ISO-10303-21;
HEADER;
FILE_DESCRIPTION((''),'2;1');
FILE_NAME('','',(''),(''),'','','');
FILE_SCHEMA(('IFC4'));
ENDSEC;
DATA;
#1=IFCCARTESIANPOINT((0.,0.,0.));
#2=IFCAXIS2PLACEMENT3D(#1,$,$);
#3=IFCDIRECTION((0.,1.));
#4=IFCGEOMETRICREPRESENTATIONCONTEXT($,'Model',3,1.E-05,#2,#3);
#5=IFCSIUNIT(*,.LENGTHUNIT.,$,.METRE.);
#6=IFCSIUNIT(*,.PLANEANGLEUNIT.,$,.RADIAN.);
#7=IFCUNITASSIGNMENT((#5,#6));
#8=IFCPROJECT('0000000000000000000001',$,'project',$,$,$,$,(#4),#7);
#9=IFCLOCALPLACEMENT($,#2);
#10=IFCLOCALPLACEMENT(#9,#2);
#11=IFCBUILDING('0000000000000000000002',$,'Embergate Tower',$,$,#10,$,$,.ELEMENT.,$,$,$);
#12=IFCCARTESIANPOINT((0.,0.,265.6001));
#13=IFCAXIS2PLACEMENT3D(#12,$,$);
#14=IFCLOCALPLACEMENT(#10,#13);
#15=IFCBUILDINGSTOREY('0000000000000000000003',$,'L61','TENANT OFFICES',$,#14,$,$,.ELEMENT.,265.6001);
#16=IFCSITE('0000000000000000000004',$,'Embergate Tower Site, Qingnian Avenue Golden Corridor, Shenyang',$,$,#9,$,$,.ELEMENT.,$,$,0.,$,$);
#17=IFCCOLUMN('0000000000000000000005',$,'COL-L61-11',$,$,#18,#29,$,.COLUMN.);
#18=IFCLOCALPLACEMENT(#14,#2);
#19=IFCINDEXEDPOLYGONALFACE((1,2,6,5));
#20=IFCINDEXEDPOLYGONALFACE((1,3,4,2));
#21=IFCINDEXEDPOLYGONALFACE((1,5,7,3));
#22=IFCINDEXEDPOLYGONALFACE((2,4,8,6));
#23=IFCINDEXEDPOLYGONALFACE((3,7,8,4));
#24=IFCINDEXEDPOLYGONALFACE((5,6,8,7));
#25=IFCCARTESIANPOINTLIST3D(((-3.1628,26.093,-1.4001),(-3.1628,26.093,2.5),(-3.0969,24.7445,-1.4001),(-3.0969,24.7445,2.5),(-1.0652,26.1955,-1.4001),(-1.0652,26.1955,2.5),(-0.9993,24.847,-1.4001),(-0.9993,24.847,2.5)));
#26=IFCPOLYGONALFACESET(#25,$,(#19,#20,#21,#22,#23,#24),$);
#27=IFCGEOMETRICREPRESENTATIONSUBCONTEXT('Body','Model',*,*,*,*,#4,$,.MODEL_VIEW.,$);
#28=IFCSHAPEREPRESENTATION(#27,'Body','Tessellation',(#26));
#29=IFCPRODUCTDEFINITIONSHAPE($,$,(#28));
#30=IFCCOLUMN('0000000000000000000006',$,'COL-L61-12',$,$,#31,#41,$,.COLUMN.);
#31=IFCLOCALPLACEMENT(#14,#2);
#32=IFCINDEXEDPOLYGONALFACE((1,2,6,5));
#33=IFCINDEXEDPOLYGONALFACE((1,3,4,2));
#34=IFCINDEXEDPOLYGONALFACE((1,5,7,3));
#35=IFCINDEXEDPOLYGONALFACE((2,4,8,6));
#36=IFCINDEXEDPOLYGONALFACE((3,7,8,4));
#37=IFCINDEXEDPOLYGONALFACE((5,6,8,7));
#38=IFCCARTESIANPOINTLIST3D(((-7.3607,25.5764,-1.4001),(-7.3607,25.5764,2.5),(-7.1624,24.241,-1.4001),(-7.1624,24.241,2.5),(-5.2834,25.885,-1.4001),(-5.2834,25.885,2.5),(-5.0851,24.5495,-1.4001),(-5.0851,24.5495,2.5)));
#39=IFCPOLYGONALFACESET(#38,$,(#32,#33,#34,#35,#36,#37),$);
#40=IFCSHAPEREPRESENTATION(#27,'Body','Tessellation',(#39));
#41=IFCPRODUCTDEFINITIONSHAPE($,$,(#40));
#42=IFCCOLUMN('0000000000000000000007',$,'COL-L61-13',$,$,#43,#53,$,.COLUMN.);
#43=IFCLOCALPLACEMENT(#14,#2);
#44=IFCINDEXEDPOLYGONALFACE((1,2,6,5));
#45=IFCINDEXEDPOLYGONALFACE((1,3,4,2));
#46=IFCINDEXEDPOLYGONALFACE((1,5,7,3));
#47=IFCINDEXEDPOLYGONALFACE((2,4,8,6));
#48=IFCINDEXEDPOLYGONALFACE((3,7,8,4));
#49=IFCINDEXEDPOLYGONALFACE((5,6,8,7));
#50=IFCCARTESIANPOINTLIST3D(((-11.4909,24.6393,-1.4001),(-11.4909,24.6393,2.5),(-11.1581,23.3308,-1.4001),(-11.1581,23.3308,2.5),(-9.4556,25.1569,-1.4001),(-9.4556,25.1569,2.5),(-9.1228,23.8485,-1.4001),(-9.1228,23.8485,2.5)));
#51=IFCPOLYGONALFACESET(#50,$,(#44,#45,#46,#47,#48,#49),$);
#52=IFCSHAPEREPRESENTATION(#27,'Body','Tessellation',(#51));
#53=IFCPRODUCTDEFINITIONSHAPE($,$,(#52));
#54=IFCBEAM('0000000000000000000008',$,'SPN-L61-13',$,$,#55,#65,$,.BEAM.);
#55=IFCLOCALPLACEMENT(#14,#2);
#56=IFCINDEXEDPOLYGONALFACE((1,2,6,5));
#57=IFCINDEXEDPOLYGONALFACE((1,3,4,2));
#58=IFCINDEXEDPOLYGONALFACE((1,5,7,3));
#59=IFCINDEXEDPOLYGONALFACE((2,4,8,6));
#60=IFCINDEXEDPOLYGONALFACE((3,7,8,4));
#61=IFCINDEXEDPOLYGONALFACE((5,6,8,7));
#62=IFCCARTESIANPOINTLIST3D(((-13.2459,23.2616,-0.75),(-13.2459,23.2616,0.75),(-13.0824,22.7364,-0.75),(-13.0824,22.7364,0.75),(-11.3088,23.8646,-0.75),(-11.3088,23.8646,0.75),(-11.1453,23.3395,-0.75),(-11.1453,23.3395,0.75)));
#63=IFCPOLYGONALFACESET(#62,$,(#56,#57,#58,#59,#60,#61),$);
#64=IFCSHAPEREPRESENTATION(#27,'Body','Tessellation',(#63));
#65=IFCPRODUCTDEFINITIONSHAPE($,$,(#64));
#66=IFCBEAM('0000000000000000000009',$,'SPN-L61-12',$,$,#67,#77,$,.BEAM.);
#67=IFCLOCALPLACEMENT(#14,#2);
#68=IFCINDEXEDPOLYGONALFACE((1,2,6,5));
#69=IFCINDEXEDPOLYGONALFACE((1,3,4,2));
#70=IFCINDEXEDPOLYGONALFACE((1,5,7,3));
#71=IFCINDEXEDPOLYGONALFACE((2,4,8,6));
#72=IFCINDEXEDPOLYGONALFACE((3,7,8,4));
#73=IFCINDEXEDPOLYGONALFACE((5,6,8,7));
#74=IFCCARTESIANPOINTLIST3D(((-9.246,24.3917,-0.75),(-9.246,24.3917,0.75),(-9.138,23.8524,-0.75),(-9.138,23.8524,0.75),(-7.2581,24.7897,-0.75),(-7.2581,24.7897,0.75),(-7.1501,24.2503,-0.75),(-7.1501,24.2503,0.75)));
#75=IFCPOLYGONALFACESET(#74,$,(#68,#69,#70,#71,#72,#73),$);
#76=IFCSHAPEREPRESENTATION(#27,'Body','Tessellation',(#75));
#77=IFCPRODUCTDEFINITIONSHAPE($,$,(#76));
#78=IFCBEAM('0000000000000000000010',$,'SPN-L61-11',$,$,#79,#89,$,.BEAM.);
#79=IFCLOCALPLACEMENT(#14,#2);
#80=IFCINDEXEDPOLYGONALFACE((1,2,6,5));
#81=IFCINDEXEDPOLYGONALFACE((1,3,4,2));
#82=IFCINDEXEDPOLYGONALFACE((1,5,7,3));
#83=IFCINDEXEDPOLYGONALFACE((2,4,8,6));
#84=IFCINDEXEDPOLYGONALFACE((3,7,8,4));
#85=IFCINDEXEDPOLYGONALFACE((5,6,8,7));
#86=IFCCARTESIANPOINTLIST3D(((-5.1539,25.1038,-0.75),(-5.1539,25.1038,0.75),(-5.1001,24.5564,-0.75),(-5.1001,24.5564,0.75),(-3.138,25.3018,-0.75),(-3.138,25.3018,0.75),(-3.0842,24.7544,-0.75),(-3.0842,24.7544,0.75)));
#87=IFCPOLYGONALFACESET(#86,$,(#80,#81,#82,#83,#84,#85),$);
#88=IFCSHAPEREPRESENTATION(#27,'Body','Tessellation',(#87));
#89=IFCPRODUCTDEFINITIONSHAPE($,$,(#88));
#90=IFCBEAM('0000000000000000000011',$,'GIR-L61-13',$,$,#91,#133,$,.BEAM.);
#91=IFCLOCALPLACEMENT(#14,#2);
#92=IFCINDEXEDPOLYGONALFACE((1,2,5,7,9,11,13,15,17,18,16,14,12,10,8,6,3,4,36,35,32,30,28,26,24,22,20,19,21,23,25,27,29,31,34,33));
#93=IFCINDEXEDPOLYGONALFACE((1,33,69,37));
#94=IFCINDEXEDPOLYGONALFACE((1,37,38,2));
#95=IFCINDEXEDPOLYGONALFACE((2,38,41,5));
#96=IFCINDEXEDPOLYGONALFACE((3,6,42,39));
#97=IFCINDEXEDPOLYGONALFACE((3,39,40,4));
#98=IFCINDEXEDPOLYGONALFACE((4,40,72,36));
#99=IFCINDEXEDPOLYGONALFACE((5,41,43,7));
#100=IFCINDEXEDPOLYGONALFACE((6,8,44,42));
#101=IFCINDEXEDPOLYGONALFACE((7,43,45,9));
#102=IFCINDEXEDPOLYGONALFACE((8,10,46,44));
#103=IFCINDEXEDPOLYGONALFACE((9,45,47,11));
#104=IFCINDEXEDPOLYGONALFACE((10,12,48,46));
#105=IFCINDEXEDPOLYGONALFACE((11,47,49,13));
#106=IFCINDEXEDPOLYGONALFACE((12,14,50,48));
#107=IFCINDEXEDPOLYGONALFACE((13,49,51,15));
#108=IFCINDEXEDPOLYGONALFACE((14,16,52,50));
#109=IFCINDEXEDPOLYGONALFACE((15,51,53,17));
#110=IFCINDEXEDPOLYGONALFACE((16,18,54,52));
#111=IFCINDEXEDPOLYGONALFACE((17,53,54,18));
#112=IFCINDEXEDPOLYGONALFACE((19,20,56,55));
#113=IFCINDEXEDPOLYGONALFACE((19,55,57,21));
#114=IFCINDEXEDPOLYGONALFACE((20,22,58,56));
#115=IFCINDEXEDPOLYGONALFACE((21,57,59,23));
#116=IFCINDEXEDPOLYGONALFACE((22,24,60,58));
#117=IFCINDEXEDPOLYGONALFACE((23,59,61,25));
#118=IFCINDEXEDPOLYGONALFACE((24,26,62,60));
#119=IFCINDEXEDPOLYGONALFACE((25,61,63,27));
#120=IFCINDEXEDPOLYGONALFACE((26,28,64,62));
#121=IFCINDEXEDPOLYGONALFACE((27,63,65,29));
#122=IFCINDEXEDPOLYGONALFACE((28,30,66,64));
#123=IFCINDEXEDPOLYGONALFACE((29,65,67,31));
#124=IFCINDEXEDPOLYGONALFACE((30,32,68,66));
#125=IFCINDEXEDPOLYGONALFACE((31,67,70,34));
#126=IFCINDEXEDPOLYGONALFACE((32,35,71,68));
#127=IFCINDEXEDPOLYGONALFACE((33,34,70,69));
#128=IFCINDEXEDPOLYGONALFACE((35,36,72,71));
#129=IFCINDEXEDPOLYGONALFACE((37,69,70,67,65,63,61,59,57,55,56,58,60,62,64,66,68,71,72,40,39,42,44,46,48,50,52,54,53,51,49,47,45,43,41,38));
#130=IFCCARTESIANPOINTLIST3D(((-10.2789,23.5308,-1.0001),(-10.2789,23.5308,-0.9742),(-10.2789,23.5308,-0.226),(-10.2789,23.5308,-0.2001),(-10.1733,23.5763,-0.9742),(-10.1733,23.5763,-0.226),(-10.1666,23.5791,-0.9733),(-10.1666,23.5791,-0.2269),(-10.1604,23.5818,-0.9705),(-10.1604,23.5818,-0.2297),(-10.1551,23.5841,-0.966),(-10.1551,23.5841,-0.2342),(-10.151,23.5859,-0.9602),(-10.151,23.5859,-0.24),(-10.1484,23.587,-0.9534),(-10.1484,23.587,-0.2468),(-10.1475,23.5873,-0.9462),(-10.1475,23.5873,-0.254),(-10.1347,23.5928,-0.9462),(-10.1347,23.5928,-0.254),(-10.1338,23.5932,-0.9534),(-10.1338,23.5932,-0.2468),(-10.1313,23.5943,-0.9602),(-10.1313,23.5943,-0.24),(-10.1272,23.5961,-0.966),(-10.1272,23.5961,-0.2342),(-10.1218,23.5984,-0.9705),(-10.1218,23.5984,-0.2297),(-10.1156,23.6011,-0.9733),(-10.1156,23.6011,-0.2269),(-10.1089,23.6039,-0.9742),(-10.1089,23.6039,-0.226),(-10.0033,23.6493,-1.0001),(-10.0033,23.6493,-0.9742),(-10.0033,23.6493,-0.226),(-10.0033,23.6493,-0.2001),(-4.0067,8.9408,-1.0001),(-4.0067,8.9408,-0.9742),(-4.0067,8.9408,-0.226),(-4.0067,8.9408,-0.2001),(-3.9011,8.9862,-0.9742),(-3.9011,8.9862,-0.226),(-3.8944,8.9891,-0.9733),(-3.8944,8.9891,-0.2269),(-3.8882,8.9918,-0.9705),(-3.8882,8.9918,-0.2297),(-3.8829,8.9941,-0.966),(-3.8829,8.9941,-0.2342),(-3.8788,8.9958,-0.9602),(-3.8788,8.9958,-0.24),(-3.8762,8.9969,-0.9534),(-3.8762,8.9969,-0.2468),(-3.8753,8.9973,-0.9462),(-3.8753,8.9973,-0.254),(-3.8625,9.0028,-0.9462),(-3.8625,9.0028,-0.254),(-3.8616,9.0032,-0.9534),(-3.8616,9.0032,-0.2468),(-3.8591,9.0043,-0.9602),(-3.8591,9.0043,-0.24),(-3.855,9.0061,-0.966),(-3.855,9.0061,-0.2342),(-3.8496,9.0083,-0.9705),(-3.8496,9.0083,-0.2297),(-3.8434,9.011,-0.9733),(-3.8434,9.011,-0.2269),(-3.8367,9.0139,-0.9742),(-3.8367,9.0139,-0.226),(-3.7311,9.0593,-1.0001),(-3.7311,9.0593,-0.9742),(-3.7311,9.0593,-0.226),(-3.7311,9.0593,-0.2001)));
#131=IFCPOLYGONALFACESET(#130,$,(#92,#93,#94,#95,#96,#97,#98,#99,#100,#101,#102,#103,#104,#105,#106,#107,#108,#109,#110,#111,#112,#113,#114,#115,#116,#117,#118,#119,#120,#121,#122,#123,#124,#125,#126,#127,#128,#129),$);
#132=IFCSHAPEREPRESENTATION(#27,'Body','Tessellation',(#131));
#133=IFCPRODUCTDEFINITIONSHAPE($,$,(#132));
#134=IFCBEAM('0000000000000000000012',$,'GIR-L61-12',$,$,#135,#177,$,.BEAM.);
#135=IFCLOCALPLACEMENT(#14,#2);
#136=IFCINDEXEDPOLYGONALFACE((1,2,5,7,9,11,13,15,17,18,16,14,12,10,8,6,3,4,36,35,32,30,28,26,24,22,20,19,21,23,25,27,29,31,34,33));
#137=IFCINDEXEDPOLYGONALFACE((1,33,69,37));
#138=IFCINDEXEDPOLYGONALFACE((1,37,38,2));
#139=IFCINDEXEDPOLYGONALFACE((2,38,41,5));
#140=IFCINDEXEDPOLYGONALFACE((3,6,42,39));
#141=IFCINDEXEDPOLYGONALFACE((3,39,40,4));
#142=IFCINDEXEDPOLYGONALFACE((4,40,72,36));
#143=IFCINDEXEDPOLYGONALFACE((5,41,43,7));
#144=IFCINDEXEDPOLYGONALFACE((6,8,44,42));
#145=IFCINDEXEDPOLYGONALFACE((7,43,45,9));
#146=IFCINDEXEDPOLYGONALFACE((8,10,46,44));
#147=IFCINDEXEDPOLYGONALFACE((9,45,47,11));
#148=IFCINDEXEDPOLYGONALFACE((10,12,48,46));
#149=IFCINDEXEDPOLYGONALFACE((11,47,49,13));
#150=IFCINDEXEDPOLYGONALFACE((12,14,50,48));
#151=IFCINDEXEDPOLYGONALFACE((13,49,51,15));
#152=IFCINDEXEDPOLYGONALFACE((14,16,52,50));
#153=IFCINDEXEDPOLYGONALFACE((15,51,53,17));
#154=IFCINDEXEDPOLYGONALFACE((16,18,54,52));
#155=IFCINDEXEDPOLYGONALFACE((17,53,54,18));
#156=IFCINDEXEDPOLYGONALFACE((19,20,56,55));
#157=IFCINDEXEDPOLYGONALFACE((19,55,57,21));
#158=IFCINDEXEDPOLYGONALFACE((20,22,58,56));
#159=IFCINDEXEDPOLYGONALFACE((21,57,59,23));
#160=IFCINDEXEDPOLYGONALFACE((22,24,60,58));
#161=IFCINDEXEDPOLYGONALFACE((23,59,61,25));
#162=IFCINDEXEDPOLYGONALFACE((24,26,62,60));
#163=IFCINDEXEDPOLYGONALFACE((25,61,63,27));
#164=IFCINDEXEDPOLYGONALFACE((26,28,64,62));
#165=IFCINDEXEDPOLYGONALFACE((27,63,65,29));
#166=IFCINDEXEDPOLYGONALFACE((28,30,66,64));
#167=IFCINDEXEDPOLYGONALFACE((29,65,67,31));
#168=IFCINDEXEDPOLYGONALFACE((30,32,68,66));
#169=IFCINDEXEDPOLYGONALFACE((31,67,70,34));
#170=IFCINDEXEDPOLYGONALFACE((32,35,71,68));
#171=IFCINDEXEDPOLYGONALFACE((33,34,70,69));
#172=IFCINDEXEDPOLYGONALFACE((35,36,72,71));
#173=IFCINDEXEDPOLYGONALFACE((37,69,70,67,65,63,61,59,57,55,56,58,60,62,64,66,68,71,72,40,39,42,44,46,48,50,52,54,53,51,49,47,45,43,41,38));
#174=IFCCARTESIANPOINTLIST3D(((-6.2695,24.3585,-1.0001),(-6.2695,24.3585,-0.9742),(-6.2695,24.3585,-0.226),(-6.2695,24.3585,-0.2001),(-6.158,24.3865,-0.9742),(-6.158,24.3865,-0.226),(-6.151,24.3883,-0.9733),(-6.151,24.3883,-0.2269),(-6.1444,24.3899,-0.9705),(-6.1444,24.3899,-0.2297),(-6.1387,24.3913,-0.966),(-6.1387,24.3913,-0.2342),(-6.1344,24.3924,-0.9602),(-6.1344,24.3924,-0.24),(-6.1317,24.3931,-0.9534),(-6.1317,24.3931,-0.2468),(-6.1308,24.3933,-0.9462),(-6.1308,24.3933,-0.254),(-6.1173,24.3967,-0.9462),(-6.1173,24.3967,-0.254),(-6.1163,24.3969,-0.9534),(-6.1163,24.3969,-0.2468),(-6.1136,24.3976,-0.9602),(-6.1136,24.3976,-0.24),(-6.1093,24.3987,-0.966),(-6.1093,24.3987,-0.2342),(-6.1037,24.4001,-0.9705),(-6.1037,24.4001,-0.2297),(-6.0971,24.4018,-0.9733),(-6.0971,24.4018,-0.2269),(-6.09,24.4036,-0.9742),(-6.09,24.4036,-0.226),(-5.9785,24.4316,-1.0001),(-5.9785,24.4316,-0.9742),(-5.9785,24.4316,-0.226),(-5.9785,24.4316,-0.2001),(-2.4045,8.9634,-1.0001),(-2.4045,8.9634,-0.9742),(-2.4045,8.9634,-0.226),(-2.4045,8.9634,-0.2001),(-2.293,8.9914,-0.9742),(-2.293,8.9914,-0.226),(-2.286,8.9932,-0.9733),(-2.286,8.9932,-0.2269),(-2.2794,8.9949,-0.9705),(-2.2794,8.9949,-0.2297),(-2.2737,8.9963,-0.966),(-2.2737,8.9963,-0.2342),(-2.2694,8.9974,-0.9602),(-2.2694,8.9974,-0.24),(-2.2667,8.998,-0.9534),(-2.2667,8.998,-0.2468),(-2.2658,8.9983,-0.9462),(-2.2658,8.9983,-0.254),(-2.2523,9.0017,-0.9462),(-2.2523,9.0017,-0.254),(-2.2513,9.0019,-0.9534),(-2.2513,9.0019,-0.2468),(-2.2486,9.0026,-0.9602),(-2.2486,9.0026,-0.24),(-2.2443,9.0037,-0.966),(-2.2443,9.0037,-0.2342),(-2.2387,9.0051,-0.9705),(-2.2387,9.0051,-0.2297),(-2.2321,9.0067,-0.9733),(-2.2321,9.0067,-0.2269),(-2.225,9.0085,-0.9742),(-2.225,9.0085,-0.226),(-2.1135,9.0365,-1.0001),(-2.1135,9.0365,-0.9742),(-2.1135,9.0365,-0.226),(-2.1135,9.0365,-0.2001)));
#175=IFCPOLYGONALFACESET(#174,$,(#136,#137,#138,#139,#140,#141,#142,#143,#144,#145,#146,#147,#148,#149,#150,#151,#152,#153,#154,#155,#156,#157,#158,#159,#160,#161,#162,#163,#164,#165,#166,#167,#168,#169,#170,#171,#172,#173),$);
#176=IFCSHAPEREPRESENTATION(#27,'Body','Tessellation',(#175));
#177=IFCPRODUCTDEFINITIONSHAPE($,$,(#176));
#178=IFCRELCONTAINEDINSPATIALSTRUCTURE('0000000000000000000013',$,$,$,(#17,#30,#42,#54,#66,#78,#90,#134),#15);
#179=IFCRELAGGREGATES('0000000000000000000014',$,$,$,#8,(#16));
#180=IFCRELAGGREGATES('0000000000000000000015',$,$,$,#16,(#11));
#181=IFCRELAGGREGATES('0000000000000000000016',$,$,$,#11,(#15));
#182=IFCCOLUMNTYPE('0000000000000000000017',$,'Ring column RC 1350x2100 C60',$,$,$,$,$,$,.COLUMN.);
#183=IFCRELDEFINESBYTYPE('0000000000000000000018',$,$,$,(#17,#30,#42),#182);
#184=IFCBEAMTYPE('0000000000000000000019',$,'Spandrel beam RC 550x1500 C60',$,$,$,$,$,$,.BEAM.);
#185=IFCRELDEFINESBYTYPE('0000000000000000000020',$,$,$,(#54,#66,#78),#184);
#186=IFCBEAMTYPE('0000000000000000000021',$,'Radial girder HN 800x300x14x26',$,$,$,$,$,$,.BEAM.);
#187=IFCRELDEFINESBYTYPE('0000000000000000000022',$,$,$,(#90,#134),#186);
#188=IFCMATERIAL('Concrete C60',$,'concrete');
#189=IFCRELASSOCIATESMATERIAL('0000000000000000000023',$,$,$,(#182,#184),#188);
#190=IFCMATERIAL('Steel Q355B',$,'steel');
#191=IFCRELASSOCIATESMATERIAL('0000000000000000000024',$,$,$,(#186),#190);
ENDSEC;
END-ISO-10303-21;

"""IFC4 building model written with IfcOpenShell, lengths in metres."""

from ifc_helpers import new_model, si_unit, direction, frame, origin, origin_2d, place, context, subcontext, project, spatial, rectangle, i_section, extrude, source, transform, mapped, material, material_profile, profile_set, type_object, element, save


model = new_model("IFC4")

# Units and contexts
model_context = context("Model", 3, precision=1e-05, world=origin(), true_north=direction((0.0, 1.0)))
body_context = subcontext(model_context, "Body", "Model", "MODEL_VIEW")
ifc_project = project(units=[si_unit("LENGTHUNIT", "METRE"), si_unit("PLANEANGLEUNIT", "RADIAN")], contexts=[model_context])

# Site, building, storey
site_placement = place(None, origin())
site = spatial("IfcSite", under=ifc_project, at=site_placement, Name="Embergate Tower Site, Qingnian Avenue Golden Corridor, Shenyang", CompositionType="ELEMENT", RefElevation=0.0)
building_placement = place(site_placement, origin())
building = spatial("IfcBuilding", under=site, at=building_placement, Name="Embergate Tower", CompositionType="ELEMENT")
storey_placement = place(building_placement, frame((0.0, 0.0, 265.6001)))
storey = spatial("IfcBuildingStorey", under=building, at=storey_placement, Name="L61", Description="TENANT OFFICES", CompositionType="ELEMENT", Elevation=265.6001)

# Columns
ifc_material_1 = material(Name="Concrete C60", Category="concrete")
ifc_material_profile_1 = material_profile(ifc_material_1, rectangle(XDim=1.3501, YDim=2.1001, at=origin_2d()), Name="RC 1350x2100")
ifc_profile_set_1 = profile_set([ifc_material_profile_1], Name="Concrete C60")
column_type = type_object("IfcColumnType", Name="Ring column RC 1350x2100 C60", PredefinedType="COLUMN", material=ifc_profile_set_1)
shared_shape_1 = source(origin(), body_context, "Body", "SweptSolid", [
    extrude(rectangle(XDim=1.3501, YDim=2.1001, at=origin_2d()), origin(), (0.0, 0.0, 1.0), 3.9001),
])
for number, where, z_axis, x_axis, name in (
    (1, (-2.0811, 25.47, -1.4001), (0.0, 0.0, 1.0), (-0.048815, 0.998808, 0.0), "COL-L61-11"),
    (2, (-6.2229, 25.063, -1.4001), (0.0, 0.0, 1.0), (-0.146929, 0.989147, 0.0), "COL-L61-12"),
    (3, (-10.3069, 24.2439, -1.4001), (0.0, 0.0, 1.0), (-0.246492, 0.969145, 0.0), "COL-L61-13"),
):
    element("IfcColumn", number, at=place(storey_placement, frame(where, z_axis=z_axis, x_axis=x_axis)), inside=storey, type_object=column_type, Name=name, PredefinedType="COLUMN", context=body_context, shape_type="MappedRepresentation", body=[
        mapped(shared_shape_1, transform((0.0, 0.0, 0.0))),
    ])

# Beams
ifc_material_profile_2 = material_profile(ifc_material_1, rectangle(XDim=0.55, YDim=1.5, at=origin_2d()), Name="RC 550x1500")
ifc_profile_set_2 = profile_set([ifc_material_profile_2], Name="Concrete C60")
beam_type_1 = type_object("IfcBeamType", Name="Spandrel beam RC 550x1500 C60", PredefinedType="BEAM", material=ifc_profile_set_2)
shared_shape_2 = source(origin(), body_context, "Body", "SweptSolid", [
    extrude(rectangle(XDim=0.55, YDim=1.5, at=origin_2d()), origin(), (0.0, 0.0, 1.0), 2.0288),
])
beam_1_placement = place(storey_placement, frame((-11.2271, 23.6021, 0.0), z_axis=(-0.954801, -0.297247, 0.0), x_axis=(0.297247, -0.954801, 0.0)))
element("IfcBeam", 4, at=beam_1_placement, inside=storey, type_object=beam_type_1, Name="SPN-L61-13", PredefinedType="BEAM", context=body_context, shape_type="MappedRepresentation", body=[
    mapped(shared_shape_2, transform((0.0, 0.0, 0.0))),
])
shared_shape_3 = source(origin(), body_context, "Body", "SweptSolid", [
    extrude(rectangle(XDim=0.55, YDim=1.5, at=origin_2d()), origin(), (0.0, 0.0, 1.0), 2.0273),
])
beam_2_placement = place(storey_placement, frame((-7.2041, 24.52, 0.0), z_axis=(-0.980544, -0.196301, 0.0), x_axis=(0.196301, -0.980544, 0.0)))
element("IfcBeam", 5, at=beam_2_placement, inside=storey, type_object=beam_type_1, Name="SPN-L61-12", PredefinedType="BEAM", context=body_context, shape_type="MappedRepresentation", body=[
    mapped(shared_shape_3, transform((0.0, 0.0, 0.0))),
])
shared_shape_4 = source(origin(), body_context, "Body", "SweptSolid", [
    extrude(rectangle(XDim=0.55, YDim=1.5, at=origin_2d()), origin(), (0.0, 0.0, 1.0), 2.0256),
])
beam_3_placement = place(storey_placement, frame((-3.1111, 25.0281, 0.0), z_axis=(-0.995211, -0.097749, 0.0), x_axis=(0.097749, -0.995211, 0.0)))
element("IfcBeam", 6, at=beam_3_placement, inside=storey, type_object=beam_type_1, Name="SPN-L61-11", PredefinedType="BEAM", context=body_context, shape_type="MappedRepresentation", body=[
    mapped(shared_shape_4, transform((0.0, 0.0, 0.0))),
])
ifc_material_2 = material(Name="Steel Q355B", Category="steel")
ifc_material_profile_3 = material_profile(ifc_material_2, i_section(OverallWidth=0.3, OverallDepth=0.8, WebThickness=0.0139, FlangeThickness=0.0259, FilletRadius=0.0281, at=origin_2d()), Name="HN 800x300x14x26")
ifc_profile_set_3 = profile_set([ifc_material_profile_3], Name="Steel Q355 grade B")
beam_type_2 = type_object("IfcBeamType", Name="Radial girder HN 800x300x14x26", PredefinedType="BEAM", material=ifc_profile_set_3)
shared_shape_5 = source(origin(), body_context, "Body", "SweptSolid", [
    extrude(i_section(OverallWidth=0.3, OverallDepth=0.8, WebThickness=0.0139, FlangeThickness=0.0259, FilletRadius=0.0281, at=origin_2d()), origin(), (0.0, 0.0, 1.0), 15.8811),
])
beam_4_placement = place(storey_placement, frame((-10.1411, 23.5901, -0.6001), z_axis=(0.394947, -0.918704, 0.0), x_axis=(0.918704, 0.394947, 0.0)))
element("IfcBeam", 7, at=beam_4_placement, inside=storey, type_object=beam_type_2, Name="GIR-L61-13", PredefinedType="BEAM", context=body_context, shape_type="MappedRepresentation", body=[
    mapped(shared_shape_5, transform((0.0, 0.0, 0.0))),
])
shared_shape_6 = source(origin(), body_context, "Body", "SweptSolid", [
    extrude(i_section(OverallWidth=0.3, OverallDepth=0.8, WebThickness=0.0139, FlangeThickness=0.0259, FilletRadius=0.0281, at=origin_2d()), origin(), (0.0, 0.0, 1.0), 15.8728),
])
beam_5_placement = place(storey_placement, frame((-6.124, 24.395, -0.6001), z_axis=(0.243498, -0.969901, 0.0), x_axis=(0.969901, 0.243498, 0.0)))
element("IfcBeam", 8, at=beam_5_placement, inside=storey, type_object=beam_type_2, Name="GIR-L61-12", PredefinedType="BEAM", context=body_context, shape_type="MappedRepresentation", body=[
    mapped(shared_shape_6, transform((0.0, 0.0, 0.0))),
])

save(model, "model.ifc")
